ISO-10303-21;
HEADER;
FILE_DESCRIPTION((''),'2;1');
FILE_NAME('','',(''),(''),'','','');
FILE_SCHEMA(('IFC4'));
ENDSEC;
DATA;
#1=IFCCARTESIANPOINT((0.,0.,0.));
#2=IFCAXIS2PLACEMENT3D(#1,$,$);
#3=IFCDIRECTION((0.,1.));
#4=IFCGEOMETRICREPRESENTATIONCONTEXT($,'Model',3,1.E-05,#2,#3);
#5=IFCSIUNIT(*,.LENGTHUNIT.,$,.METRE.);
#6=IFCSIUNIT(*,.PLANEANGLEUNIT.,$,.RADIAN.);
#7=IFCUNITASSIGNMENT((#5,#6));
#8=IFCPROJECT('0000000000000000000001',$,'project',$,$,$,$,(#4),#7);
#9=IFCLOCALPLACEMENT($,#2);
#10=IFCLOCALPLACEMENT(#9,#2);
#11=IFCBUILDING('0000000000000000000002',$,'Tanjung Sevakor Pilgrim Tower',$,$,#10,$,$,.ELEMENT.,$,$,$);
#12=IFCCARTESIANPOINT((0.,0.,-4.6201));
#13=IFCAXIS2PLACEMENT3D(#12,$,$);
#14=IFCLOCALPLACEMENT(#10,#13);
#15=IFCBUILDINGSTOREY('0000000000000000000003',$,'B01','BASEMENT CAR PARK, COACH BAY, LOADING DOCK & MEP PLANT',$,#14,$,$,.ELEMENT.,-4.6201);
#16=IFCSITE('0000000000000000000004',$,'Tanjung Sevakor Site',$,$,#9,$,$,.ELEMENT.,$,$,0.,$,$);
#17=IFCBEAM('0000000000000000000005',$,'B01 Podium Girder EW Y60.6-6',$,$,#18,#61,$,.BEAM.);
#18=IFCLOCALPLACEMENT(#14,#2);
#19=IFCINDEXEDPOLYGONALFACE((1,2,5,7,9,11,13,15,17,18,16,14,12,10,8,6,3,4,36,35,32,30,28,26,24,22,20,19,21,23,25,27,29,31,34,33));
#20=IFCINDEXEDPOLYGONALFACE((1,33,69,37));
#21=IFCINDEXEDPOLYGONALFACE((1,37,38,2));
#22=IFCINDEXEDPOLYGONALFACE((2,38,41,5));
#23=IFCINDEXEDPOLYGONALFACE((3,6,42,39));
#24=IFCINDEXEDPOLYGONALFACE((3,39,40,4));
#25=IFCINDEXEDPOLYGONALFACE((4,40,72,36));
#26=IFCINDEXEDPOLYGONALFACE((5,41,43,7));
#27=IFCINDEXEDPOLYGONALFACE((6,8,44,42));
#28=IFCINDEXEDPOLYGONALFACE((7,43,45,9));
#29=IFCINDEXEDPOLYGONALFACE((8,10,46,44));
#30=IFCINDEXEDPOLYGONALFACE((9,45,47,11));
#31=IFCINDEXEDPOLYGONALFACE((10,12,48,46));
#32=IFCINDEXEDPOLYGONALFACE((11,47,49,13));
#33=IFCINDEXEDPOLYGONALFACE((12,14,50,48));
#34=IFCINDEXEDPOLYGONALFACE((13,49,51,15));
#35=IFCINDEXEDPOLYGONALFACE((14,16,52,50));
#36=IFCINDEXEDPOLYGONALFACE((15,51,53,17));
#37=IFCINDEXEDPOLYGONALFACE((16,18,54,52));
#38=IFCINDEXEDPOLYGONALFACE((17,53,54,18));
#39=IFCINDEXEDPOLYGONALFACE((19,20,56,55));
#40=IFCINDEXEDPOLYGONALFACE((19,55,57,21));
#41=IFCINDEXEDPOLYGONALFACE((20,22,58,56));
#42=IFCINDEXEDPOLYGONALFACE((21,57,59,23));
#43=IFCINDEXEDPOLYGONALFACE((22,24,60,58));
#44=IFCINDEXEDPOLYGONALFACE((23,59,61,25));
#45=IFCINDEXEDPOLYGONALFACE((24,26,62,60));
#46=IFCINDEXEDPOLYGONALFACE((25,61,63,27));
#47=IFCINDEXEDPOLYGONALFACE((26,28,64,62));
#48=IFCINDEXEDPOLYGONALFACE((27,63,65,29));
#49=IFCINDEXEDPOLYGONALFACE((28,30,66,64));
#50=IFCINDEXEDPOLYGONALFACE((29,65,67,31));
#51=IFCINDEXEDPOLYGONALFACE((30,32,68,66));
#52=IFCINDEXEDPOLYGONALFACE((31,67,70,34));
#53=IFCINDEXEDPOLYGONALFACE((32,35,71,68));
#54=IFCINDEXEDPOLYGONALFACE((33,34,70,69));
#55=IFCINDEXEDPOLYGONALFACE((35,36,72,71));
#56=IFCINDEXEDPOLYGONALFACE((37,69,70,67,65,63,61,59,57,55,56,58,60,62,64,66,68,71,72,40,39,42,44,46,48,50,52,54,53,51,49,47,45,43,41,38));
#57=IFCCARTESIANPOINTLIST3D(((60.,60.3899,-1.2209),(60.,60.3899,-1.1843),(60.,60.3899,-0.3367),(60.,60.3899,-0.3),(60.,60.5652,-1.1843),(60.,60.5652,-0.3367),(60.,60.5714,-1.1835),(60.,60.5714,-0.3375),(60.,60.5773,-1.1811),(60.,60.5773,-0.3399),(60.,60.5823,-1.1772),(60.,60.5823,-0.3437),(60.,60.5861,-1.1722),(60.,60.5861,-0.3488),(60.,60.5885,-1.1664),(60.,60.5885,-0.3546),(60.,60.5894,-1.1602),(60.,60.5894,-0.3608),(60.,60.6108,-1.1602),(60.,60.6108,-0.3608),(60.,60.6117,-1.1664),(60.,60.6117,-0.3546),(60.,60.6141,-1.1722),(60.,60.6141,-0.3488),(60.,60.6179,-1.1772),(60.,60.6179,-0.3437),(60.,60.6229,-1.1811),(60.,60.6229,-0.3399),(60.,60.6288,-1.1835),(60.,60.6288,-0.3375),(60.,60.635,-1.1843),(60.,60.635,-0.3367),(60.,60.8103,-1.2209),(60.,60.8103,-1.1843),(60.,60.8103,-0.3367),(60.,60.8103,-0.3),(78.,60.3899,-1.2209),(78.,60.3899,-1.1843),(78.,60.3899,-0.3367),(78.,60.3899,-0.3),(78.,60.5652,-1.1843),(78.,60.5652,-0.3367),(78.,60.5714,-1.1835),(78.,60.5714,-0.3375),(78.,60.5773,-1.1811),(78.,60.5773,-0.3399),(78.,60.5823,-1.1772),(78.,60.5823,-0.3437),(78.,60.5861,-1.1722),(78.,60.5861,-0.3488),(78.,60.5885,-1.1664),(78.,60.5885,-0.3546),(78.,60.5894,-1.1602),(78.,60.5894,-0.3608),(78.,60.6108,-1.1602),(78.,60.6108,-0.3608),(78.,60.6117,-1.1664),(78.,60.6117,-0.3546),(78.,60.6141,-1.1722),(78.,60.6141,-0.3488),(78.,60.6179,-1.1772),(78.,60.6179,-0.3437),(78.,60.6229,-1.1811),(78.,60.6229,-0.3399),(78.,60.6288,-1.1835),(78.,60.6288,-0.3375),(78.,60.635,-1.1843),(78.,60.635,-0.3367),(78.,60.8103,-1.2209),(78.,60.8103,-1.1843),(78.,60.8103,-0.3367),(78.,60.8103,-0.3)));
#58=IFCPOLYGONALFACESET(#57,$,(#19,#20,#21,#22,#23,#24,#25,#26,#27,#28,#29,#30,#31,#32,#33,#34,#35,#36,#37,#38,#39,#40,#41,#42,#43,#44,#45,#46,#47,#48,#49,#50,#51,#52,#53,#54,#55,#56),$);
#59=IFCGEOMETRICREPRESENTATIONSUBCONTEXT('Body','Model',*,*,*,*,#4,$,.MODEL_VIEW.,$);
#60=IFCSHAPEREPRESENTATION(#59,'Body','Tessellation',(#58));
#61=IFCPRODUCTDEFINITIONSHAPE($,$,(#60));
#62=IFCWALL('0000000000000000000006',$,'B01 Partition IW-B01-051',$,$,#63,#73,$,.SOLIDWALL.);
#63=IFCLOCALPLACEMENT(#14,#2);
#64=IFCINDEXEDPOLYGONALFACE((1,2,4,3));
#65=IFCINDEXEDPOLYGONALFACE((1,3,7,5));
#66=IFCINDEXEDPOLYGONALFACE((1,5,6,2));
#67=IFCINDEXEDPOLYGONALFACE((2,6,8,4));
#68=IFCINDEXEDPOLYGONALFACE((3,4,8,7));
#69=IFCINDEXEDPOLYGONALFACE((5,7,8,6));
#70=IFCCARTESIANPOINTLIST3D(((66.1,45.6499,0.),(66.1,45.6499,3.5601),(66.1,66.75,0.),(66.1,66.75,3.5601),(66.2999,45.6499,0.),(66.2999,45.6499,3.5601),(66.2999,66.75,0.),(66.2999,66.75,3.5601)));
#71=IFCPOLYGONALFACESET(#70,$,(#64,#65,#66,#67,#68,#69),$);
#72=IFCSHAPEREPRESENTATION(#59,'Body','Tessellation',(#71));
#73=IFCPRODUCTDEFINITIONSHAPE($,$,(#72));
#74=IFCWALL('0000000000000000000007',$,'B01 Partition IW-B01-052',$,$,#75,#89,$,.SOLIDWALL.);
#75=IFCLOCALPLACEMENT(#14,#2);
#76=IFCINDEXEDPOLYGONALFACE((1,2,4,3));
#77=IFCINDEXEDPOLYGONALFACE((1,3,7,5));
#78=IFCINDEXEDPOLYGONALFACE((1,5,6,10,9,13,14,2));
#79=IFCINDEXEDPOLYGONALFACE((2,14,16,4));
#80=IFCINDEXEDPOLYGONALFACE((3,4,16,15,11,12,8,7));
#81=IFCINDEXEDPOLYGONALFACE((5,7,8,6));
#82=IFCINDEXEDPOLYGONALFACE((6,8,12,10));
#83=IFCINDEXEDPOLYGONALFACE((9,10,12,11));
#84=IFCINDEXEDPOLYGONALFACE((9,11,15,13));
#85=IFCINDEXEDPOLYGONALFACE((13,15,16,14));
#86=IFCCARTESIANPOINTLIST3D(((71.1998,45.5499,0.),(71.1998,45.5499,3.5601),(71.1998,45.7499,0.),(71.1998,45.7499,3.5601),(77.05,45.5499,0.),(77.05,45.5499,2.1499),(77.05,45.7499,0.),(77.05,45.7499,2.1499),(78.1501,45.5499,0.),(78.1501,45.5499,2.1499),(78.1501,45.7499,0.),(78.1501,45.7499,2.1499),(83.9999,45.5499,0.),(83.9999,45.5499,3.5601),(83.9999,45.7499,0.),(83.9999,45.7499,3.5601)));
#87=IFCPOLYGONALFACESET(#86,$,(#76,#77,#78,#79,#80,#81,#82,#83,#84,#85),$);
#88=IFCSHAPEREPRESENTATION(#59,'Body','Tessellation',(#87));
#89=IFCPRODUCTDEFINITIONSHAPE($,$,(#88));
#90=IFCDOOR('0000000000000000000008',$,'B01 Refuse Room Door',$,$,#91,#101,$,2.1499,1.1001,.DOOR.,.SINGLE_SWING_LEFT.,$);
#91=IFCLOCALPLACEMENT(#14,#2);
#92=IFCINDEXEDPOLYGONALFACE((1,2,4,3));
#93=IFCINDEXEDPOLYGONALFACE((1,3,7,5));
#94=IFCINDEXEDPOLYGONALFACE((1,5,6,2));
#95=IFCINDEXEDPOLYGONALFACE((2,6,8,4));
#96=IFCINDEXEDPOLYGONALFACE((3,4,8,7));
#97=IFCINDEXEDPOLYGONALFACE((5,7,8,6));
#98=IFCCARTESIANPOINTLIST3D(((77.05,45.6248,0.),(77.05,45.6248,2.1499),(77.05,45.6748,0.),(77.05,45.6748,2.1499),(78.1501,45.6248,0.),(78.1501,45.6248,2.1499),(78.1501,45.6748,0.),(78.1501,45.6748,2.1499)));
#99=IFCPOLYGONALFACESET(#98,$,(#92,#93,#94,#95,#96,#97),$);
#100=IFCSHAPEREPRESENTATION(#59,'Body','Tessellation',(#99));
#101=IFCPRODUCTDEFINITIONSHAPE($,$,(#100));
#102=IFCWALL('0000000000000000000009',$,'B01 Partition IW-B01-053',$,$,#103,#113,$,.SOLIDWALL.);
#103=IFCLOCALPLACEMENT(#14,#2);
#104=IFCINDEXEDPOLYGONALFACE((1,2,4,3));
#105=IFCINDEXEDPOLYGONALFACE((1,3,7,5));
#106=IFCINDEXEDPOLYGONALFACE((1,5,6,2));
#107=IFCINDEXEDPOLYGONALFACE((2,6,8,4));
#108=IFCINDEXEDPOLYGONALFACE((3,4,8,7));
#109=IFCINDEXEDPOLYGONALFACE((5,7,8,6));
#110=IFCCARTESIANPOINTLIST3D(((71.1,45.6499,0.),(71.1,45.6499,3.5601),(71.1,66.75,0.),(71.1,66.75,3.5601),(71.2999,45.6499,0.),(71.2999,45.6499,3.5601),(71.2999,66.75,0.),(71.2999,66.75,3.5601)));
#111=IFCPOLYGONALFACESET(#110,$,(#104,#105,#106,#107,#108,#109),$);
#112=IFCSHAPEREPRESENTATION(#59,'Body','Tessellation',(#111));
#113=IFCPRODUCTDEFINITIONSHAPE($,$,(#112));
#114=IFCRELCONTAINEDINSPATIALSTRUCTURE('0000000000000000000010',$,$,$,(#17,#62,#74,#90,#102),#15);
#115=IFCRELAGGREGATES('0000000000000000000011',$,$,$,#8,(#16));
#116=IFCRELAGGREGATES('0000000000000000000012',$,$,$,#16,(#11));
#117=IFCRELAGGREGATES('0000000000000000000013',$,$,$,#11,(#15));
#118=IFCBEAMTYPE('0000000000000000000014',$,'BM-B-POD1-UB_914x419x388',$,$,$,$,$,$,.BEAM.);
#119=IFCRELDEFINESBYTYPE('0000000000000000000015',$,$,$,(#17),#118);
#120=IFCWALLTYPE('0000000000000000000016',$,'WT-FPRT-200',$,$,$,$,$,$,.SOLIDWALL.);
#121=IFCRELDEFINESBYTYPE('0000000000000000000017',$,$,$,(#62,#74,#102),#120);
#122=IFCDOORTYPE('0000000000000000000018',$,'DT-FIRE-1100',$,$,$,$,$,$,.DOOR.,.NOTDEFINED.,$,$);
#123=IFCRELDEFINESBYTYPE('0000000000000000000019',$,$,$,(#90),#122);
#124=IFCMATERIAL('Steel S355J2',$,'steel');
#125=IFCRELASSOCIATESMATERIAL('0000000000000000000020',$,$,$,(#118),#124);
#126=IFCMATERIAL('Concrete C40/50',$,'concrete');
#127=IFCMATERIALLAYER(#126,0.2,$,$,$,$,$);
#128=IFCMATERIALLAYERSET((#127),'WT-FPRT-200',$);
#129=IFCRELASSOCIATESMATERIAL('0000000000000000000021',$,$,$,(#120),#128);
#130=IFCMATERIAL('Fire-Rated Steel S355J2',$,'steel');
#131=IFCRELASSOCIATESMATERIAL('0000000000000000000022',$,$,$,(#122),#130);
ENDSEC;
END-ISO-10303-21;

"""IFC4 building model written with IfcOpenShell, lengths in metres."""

from ifc_helpers import new_model, si_unit, direction, frame, frame_2d, origin, origin_2d, place, context, subcontext, project, spatial, rectangle, i_section, extrude, material, layer, layer_set, material_profile, profile_set, type_object, element, fill, save


model = new_model("IFC4")

# Units and contexts
model_context = context("Model", 3, precision=1e-05, world=origin(), true_north=direction((0.0, 1.0)))
body_context = subcontext(model_context, "Body", "Model", "MODEL_VIEW")
ifc_project = project(units=[si_unit("LENGTHUNIT", "METRE"), si_unit("PLANEANGLEUNIT", "RADIAN")], contexts=[model_context])

# Site, building, storey
site_placement = place(None, origin())
site = spatial("IfcSite", under=ifc_project, at=site_placement, Name="Tanjung Sevakor Site", CompositionType="ELEMENT", RefElevation=0.0)
building_placement = place(site_placement, origin())
building = spatial("IfcBuilding", under=site, at=building_placement, Name="Tanjung Sevakor Pilgrim Tower", CompositionType="ELEMENT")
storey_placement = place(building_placement, frame((0.0, 0.0, -4.6201)))
storey = spatial("IfcBuildingStorey", under=building, at=storey_placement, Name="B01", Description="BASEMENT CAR PARK, COACH BAY, LOADING DOCK & MEP PLANT", CompositionType="ELEMENT", Elevation=-4.6201)

# Beam
ifc_material_1 = material(Name="Steel S355J2", Category="steel")
ifc_material_profile_1 = material_profile(ifc_material_1, i_section(OverallWidth=0.4204, OverallDepth=0.9209, WebThickness=0.0215, FlangeThickness=0.0366, FilletRadius=0.0242, at=origin_2d()))
ifc_profile_set_1 = profile_set([ifc_material_profile_1], Name="Steel S355J2")
beam_type_1 = type_object("IfcBeamType", Name="BM-B-POD1-UB_914x419x388", PredefinedType="BEAM", material=ifc_profile_set_1)
beam_1_placement = place(storey_placement, frame((60.0, 60.6001, -0.7605), z_axis=(1.0, 0.0, 0.0), x_axis=(0.0, 1.0, 0.0)))
element("IfcBeam", 1, at=beam_1_placement, inside=storey, type_object=beam_type_1, Name="B01 Podium Girder EW Y60.6-6", PredefinedType="BEAM", context=body_context, shape_type="SweptSolid", body=[
    extrude(i_section(OverallWidth=0.4204, OverallDepth=0.9209, WebThickness=0.0215, FlangeThickness=0.0366, FilletRadius=0.0242, at=origin_2d()), origin(), (0.0, 0.0, 1.0), 18.0),
])

# Wall
ifc_material_2 = material(Name="Concrete C40/50", Category="concrete")
ifc_layer = layer(ifc_material_2, 0.2)
ifc_layer_set = layer_set([ifc_layer], Name="WT-FPRT-200")
wall_type = type_object("IfcWallType", Name="WT-FPRT-200", PredefinedType="SOLIDWALL", material=ifc_layer_set)
wall_1_placement = place(storey_placement, frame((66.2, 45.6499, 0.0), z_axis=(0.0, 0.0, 1.0), x_axis=(0.0, 1.0, 0.0)))
element("IfcWall", 2, at=wall_1_placement, inside=storey, type_object=wall_type, Name="B01 Partition IW-B01-051", PredefinedType="SOLIDWALL", context=body_context, shape_type="SweptSolid", body=[
    extrude(rectangle(XDim=21.1001, YDim=0.2, at=frame_2d((10.55, 0.0))), origin(), (0.0, 0.0, 1.0), 3.5601),
])

# Wall, opening, door
wall_2_placement = place(storey_placement, frame((71.2, 45.6499, 0.0), z_axis=(0.0, 0.0, 1.0), x_axis=(1.0, 0.0, 0.0)))
wall_2 = element("IfcWall", 3, at=wall_2_placement, inside=storey, type_object=wall_type, Name="B01 Partition IW-B01-052", PredefinedType="SOLIDWALL", context=body_context, shape_type="SweptSolid", body=[
    extrude(rectangle(XDim=12.8, YDim=0.2, at=frame_2d((6.3999, 0.0))), origin(), (0.0, 0.0, 1.0), 3.5601),
])
opening_placement = place(wall_2_placement, frame((5.8501, 0.0, 0.0)))
opening = element("IfcOpeningElement", 4, at=opening_placement, cuts=wall_2, PredefinedType="OPENING", context=body_context, shape_type="SweptSolid", body=[
    extrude(rectangle(XDim=1.1001, YDim=2.1499, at=frame_2d((0.55, 1.075))), frame((0.0, 0.1099, 0.0), z_axis=(0.0, -1.0, 0.0), x_axis=(1.0, 0.0, 0.0)), (0.0, 0.0, 1.0), 0.22),
])
ifc_material_3 = material(Name="Fire-Rated Steel S355J2", Category="steel")
door_type = type_object("IfcDoorType", Name="DT-FIRE-1100", OperationType="NOTDEFINED", PredefinedType="DOOR", material=ifc_material_3)
door_placement = place(opening_placement, origin())
door = element("IfcDoor", 5, at=door_placement, inside=storey, type_object=door_type, Name="B01 Refuse Room Door", OperationType="SINGLE_SWING_LEFT", OverallHeight=2.1499, OverallWidth=1.1001, PredefinedType="DOOR", context=body_context, shape_type="SweptSolid", body=[
    extrude(rectangle(XDim=1.1001, YDim=2.1499, at=frame_2d((0.55, 1.075))), frame((0.0, 0.0249, 0.0), z_axis=(0.0, -1.0, 0.0), x_axis=(1.0, 0.0, 0.0)), (0.0, 0.0, 1.0), 0.05),
])
fill(opening, door)

# Wall
wall_3_placement = place(storey_placement, frame((71.2, 45.6499, 0.0), z_axis=(0.0, 0.0, 1.0), x_axis=(0.0, 1.0, 0.0)))
element("IfcWall", 6, at=wall_3_placement, inside=storey, type_object=wall_type, Name="B01 Partition IW-B01-053", PredefinedType="SOLIDWALL", context=body_context, shape_type="SweptSolid", body=[
    extrude(rectangle(XDim=21.1001, YDim=0.2, at=frame_2d((10.55, 0.0))), origin(), (0.0, 0.0, 1.0), 3.5601),
])

save(model, "model.ifc")
